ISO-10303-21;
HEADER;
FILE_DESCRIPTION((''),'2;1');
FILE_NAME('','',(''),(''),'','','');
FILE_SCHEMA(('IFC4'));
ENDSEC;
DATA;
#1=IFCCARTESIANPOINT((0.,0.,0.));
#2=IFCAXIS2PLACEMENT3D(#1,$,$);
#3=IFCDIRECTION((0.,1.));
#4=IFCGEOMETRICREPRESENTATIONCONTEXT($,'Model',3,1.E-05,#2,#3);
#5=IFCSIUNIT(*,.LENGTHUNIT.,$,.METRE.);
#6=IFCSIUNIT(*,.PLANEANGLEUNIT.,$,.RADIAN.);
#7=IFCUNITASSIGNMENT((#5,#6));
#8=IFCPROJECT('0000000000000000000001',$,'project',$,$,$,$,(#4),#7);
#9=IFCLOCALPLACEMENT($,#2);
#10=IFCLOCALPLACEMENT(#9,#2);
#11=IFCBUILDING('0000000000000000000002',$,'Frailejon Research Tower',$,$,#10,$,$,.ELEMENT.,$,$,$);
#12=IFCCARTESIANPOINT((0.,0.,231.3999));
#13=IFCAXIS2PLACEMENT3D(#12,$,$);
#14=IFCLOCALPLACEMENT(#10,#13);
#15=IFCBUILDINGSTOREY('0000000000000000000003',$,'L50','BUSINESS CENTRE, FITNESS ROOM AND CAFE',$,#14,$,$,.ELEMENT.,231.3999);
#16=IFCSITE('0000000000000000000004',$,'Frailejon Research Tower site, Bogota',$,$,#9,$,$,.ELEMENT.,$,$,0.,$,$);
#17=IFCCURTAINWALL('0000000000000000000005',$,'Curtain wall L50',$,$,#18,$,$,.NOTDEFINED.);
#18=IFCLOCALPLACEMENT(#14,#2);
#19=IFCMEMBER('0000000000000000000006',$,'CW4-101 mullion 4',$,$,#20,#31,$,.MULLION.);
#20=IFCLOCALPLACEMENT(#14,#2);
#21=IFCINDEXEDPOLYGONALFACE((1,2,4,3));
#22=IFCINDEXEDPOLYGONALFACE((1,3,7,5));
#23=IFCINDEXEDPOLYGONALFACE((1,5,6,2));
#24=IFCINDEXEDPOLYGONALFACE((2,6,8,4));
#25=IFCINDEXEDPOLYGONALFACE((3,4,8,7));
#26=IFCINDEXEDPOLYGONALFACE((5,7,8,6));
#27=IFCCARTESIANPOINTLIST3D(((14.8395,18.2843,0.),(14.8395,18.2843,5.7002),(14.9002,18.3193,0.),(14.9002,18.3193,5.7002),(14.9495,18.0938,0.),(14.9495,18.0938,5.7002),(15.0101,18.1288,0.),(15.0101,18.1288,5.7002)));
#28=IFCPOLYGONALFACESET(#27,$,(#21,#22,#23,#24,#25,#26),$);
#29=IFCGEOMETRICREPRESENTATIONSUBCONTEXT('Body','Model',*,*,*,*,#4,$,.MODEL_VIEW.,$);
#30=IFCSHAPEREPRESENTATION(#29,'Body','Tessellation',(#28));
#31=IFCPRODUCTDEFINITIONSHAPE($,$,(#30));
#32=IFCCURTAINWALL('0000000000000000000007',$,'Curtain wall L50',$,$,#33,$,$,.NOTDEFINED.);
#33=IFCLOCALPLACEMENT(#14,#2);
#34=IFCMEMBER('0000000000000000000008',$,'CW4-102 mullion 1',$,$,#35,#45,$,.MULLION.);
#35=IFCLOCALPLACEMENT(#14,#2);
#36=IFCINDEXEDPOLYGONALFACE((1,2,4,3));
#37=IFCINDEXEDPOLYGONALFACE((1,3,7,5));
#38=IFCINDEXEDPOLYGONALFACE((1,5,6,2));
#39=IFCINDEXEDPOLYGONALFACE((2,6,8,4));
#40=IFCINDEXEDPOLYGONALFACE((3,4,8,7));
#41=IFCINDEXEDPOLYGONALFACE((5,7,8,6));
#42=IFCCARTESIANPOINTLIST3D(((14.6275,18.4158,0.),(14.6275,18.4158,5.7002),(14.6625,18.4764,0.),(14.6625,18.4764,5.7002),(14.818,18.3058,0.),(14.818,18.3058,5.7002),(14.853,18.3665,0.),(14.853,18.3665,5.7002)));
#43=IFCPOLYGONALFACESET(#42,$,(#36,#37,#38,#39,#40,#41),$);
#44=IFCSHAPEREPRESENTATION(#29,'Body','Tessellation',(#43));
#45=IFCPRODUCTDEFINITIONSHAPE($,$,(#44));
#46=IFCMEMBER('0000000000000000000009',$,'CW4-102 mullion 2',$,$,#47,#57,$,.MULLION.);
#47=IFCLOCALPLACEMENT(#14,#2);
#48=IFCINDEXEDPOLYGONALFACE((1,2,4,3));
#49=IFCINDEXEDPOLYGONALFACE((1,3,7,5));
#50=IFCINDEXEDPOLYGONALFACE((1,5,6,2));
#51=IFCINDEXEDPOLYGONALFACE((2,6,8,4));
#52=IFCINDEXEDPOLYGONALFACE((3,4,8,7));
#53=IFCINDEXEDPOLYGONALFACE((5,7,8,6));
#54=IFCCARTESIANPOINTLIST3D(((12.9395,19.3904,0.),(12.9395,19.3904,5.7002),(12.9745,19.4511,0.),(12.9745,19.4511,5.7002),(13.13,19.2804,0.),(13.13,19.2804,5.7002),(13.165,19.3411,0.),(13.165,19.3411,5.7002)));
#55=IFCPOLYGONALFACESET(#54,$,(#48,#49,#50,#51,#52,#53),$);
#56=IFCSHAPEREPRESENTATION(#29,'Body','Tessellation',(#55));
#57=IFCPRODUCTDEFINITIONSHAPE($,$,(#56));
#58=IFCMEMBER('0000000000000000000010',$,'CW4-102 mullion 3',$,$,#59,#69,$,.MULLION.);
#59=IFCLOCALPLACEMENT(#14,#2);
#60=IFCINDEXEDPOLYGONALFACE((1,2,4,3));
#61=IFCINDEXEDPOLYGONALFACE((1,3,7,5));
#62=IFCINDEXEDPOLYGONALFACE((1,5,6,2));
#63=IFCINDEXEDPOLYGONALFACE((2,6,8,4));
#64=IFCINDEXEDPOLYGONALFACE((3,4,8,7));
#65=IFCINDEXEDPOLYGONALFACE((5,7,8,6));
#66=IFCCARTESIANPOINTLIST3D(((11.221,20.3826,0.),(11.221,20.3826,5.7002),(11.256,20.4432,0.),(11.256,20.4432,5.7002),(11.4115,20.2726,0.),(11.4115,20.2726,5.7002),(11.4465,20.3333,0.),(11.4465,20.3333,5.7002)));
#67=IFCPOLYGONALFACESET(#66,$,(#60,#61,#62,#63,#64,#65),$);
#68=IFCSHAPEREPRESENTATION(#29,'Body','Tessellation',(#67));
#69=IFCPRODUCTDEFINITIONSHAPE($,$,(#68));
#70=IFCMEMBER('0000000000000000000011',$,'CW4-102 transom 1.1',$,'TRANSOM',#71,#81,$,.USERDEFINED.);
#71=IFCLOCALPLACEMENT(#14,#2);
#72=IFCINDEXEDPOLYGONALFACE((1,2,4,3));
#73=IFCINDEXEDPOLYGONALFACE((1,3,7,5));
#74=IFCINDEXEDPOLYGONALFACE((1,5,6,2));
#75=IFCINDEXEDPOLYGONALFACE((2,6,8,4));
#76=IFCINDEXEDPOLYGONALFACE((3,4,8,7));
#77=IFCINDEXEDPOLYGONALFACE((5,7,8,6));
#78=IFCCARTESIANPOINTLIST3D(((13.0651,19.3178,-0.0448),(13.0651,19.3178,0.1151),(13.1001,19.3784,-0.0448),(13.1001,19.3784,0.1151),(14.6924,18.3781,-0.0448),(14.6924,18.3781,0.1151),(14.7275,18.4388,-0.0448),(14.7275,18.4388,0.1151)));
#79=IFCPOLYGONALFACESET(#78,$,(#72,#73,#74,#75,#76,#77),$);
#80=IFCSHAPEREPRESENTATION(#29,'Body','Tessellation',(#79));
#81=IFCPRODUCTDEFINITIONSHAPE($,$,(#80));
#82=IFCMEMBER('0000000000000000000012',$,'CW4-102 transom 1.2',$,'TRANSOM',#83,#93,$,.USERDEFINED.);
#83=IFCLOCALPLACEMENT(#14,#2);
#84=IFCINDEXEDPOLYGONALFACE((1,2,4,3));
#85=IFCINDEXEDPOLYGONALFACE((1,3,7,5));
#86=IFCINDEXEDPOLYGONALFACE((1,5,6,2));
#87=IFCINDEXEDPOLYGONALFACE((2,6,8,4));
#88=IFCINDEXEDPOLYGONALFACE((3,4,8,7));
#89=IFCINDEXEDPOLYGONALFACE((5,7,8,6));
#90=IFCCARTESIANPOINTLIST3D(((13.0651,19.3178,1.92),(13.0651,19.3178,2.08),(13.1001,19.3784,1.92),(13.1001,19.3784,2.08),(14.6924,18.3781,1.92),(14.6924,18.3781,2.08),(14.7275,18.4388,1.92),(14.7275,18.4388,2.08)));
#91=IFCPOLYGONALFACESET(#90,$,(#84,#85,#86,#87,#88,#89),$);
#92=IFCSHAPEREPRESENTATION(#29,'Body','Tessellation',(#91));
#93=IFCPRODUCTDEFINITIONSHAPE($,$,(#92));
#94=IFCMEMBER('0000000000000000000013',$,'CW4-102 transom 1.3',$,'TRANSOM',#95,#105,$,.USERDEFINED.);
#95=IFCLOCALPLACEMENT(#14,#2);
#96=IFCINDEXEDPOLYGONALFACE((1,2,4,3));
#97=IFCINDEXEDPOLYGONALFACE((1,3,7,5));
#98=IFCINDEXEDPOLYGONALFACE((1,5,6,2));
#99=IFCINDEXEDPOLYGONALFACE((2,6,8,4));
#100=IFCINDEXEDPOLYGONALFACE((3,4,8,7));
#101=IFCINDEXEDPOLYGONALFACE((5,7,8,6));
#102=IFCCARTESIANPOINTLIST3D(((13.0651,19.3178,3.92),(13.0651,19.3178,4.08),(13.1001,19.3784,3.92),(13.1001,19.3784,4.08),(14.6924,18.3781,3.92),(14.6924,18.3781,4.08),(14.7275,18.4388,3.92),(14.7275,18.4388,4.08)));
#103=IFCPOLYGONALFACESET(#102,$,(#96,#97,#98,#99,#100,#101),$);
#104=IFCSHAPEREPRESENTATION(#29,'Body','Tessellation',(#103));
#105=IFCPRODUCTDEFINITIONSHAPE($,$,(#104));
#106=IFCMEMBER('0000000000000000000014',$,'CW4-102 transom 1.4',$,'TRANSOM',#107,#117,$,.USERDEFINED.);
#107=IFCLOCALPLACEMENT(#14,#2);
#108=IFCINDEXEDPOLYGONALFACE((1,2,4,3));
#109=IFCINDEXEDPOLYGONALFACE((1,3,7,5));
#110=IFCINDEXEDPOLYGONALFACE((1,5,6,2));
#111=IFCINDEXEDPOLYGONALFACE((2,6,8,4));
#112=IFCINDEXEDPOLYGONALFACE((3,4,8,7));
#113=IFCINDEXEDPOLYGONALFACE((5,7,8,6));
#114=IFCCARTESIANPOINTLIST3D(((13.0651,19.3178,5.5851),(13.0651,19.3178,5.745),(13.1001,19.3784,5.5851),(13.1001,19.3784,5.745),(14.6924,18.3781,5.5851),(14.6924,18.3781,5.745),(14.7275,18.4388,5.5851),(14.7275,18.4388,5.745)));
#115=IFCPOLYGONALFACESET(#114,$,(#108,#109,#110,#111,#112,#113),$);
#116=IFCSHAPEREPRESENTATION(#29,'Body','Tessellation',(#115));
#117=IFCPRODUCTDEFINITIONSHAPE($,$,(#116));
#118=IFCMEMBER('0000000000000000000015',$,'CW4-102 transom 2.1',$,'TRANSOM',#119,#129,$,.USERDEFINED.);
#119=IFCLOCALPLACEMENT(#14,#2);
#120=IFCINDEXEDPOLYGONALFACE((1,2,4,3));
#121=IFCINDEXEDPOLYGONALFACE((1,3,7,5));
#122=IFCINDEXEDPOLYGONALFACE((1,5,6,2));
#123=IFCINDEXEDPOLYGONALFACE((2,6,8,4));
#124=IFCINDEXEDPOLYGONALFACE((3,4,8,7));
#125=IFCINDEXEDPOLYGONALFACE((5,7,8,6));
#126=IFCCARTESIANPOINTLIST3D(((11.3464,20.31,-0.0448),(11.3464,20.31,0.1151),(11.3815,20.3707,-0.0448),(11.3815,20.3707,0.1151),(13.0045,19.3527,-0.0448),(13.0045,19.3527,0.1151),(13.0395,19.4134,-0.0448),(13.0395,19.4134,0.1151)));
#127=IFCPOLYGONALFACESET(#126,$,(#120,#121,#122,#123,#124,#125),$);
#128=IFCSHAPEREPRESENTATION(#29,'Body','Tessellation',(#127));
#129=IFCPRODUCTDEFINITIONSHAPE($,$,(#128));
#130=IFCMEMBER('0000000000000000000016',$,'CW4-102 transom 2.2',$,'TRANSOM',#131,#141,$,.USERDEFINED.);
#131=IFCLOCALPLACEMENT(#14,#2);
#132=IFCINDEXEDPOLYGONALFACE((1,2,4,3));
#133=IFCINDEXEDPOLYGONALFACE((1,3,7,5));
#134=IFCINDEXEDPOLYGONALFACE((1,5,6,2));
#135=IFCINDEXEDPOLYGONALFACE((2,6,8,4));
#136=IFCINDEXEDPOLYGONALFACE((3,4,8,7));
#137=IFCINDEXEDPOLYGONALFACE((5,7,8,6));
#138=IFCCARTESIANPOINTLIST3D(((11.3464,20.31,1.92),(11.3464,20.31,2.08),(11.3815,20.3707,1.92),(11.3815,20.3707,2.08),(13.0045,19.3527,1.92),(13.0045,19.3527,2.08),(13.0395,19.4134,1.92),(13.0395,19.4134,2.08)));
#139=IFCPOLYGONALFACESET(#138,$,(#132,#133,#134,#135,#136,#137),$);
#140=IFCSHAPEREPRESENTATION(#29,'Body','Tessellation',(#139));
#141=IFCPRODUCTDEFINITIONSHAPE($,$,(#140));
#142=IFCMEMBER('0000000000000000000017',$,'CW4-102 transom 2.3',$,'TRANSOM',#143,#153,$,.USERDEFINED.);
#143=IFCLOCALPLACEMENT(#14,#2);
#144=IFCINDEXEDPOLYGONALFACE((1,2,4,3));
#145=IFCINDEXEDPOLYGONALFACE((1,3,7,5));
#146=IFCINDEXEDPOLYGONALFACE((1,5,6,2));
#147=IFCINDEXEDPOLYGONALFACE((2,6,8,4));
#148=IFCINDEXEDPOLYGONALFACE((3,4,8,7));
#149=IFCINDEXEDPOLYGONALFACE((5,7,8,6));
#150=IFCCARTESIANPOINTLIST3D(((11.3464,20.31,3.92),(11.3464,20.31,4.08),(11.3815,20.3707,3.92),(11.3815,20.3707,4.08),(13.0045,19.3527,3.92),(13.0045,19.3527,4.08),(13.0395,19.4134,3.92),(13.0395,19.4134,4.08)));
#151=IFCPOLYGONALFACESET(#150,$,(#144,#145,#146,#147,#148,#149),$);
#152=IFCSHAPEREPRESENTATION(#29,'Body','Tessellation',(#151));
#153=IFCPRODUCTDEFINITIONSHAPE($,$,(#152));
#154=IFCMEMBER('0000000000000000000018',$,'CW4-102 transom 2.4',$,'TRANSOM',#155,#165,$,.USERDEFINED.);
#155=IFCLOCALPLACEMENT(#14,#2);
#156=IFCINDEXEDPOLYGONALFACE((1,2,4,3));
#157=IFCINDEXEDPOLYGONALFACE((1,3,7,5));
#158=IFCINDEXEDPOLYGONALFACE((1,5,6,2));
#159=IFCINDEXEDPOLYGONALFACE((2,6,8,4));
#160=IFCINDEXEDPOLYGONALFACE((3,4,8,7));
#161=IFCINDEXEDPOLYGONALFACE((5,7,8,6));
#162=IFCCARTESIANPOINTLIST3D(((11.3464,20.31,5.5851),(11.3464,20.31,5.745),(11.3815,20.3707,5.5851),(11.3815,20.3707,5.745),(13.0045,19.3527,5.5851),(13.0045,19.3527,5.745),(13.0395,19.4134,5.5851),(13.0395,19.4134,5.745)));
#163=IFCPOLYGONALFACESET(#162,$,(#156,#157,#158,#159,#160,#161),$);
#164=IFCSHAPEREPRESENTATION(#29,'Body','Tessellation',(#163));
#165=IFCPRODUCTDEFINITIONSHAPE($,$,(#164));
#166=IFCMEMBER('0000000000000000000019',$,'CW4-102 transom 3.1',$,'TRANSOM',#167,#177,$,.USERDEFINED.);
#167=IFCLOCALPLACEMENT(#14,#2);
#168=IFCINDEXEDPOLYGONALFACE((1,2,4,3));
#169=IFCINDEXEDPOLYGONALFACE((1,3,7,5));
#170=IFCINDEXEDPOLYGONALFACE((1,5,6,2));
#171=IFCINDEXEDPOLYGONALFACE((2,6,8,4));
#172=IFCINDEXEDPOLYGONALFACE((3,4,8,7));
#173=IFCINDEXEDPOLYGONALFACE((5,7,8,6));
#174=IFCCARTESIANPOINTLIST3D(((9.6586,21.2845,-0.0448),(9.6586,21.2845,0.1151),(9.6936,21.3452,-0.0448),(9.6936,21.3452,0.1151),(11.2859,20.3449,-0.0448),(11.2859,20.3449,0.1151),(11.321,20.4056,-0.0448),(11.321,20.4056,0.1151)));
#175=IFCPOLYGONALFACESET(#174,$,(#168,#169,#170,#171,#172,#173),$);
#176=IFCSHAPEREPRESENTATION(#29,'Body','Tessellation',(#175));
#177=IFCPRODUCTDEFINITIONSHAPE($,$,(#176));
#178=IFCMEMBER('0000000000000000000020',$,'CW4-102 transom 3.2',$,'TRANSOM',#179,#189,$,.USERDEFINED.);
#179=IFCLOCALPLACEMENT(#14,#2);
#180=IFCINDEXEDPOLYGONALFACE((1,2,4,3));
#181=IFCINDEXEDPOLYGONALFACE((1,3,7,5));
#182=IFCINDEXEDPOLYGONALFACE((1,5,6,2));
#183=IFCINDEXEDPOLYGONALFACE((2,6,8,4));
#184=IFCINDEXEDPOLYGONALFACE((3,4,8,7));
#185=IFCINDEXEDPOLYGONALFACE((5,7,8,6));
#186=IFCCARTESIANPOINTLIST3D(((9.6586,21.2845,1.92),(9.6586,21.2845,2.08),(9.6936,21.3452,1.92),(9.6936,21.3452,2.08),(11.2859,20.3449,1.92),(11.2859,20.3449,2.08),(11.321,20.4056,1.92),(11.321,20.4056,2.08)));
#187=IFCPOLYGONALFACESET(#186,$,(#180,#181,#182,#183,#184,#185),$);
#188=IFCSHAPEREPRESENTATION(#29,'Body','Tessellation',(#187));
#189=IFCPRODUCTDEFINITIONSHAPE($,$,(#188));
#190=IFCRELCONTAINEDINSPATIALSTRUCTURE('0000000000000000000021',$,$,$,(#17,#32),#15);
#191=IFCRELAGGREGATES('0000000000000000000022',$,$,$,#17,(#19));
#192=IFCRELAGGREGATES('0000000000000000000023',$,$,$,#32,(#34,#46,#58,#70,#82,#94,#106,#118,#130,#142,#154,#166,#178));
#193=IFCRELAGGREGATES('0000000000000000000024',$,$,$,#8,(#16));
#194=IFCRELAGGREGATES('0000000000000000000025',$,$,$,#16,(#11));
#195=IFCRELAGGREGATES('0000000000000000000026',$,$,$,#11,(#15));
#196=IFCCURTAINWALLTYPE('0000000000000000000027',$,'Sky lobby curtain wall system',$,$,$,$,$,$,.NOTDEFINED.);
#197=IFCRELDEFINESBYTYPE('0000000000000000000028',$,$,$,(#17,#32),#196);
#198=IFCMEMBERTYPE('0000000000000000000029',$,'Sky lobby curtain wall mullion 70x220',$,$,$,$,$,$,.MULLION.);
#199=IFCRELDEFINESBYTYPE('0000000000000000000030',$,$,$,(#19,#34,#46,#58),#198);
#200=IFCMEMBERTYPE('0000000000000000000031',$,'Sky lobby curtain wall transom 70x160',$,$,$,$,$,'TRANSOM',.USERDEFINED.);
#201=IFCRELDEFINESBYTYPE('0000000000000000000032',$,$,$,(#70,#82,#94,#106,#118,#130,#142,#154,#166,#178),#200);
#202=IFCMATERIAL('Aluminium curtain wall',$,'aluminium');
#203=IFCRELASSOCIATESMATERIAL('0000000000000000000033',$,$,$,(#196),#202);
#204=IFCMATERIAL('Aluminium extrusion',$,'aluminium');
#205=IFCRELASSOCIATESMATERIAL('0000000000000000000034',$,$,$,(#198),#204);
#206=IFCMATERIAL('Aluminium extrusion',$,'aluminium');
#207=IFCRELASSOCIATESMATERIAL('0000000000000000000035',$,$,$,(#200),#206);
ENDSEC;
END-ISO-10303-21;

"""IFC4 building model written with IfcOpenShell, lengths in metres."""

from ifc_helpers import new_model, si_unit, direction, frame, origin, origin_2d, place, context, subcontext, project, spatial, rectangle, extrude, material, material_profile, profile_set, type_object, element, aggregate, save


model = new_model("IFC4")

# Units and contexts
model_context = context("Model", 3, precision=1e-05, world=origin(), true_north=direction((0.0, 1.0)))
body_context = subcontext(model_context, "Body", "Model", "MODEL_VIEW")
ifc_project = project(units=[si_unit("LENGTHUNIT", "METRE"), si_unit("PLANEANGLEUNIT", "RADIAN")], contexts=[model_context])

# Site, building, storey
site_placement = place(None, origin())
site = spatial("IfcSite", under=ifc_project, at=site_placement, Name="Frailejon Research Tower site, Bogota", CompositionType="ELEMENT", RefElevation=0.0)
building_placement = place(site_placement, origin())
building = spatial("IfcBuilding", under=site, at=building_placement, Name="Frailejon Research Tower", CompositionType="ELEMENT")
storey_placement = place(building_placement, frame((0.0, 0.0, 231.3999)))
storey = spatial("IfcBuildingStorey", under=building, at=storey_placement, Name="L50", Description="BUSINESS CENTRE, FITNESS ROOM AND CAFE", CompositionType="ELEMENT", Elevation=231.3999)

# Curtain wall, member
ifc_material_1 = material(Name="Aluminium curtain wall", Category="aluminium")
curtain_wall_type = type_object("IfcCurtainWallType", Name="Sky lobby curtain wall system", PredefinedType="NOTDEFINED", material=ifc_material_1)
curtain_wall_1_placement = place(storey_placement, origin())
curtain_wall_1 = element("IfcCurtainWall", 1, at=curtain_wall_1_placement, inside=storey, type_object=curtain_wall_type, Name="Curtain wall L50", PredefinedType="NOTDEFINED")
ifc_material_2 = material(Name="Aluminium extrusion", Category="aluminium")
ifc_material_profile_1 = material_profile(ifc_material_2, rectangle(XDim=0.0701, YDim=0.22, at=origin_2d()), Name="Sky lobby curtain wall mullion 70x220")
ifc_profile_set_1 = profile_set([ifc_material_profile_1], Name="Aluminium extrusion")
member_type_1 = type_object("IfcMemberType", Name="Sky lobby curtain wall mullion 70x220", PredefinedType="MULLION", material=ifc_profile_set_1)
member_1_placement = place(storey_placement, frame((14.9248, 18.2065, 0.0), z_axis=(0.0, 0.0, 1.0), x_axis=(-0.866025, -0.5, 0.0)))
member_1 = element("IfcMember", 2, at=member_1_placement, type_object=member_type_1, Name="CW4-101 mullion 4", PredefinedType="MULLION", context=body_context, shape_type="SweptSolid", body=[
    extrude(rectangle(XDim=0.0701, YDim=0.22, at=origin_2d()), origin(), (0.0, 0.0, 1.0), 5.7002),
])

# Curtain wall, members
curtain_wall_2_placement = place(storey_placement, origin())
curtain_wall_2 = element("IfcCurtainWall", 3, at=curtain_wall_2_placement, inside=storey, type_object=curtain_wall_type, Name="Curtain wall L50", PredefinedType="NOTDEFINED")
member_2_placement = place(storey_placement, frame((14.7402, 18.3911, 0.0), z_axis=(0.0, 0.0, 1.0), x_axis=(-0.500011, -0.866019, 0.0)))
member_2 = element("IfcMember", 4, at=member_2_placement, type_object=member_type_1, Name="CW4-102 mullion 1", PredefinedType="MULLION", context=body_context, shape_type="SweptSolid", body=[
    extrude(rectangle(XDim=0.0701, YDim=0.22, at=origin_2d()), origin(), (0.0, 0.0, 1.0), 5.7002),
])
member_3_placement = place(storey_placement, frame((13.0522, 19.3657, 0.0), z_axis=(0.0, 0.0, 1.0), x_axis=(-0.500011, -0.866019, 0.0)))
member_3 = element("IfcMember", 5, at=member_3_placement, type_object=member_type_1, Name="CW4-102 mullion 2", PredefinedType="MULLION", context=body_context, shape_type="SweptSolid", body=[
    extrude(rectangle(XDim=0.0701, YDim=0.22, at=origin_2d()), origin(), (0.0, 0.0, 1.0), 5.7002),
])
member_4_placement = place(storey_placement, frame((11.3337, 20.3579, 0.0), z_axis=(0.0, 0.0, 1.0), x_axis=(-0.500011, -0.866019, 0.0)))
member_4 = element("IfcMember", 6, at=member_4_placement, type_object=member_type_1, Name="CW4-102 mullion 3", PredefinedType="MULLION", context=body_context, shape_type="SweptSolid", body=[
    extrude(rectangle(XDim=0.0701, YDim=0.22, at=origin_2d()), origin(), (0.0, 0.0, 1.0), 5.7002),
])
ifc_material_3 = material(Name="Aluminium extrusion", Category="aluminium")
ifc_material_profile_2 = material_profile(ifc_material_3, rectangle(XDim=0.0701, YDim=0.1599, at=origin_2d()), Name="Sky lobby curtain wall transom 70x160")
ifc_profile_set_2 = profile_set([ifc_material_profile_2], Name="Aluminium extrusion")
member_type_2 = type_object("IfcMemberType", Name="Sky lobby curtain wall transom 70x160", ElementType="TRANSOM", PredefinedType="USERDEFINED", material=ifc_profile_set_2)
member_5_placement = place(storey_placement, frame((14.71, 18.4084, 0.0352), z_axis=(-0.866004, 0.500037, 0.0), x_axis=(-0.500037, -0.866004, 0.0)))
member_5 = element("IfcMember", 7, at=member_5_placement, type_object=member_type_2, Name="CW4-102 transom 1.1", ObjectType="TRANSOM", PredefinedType="USERDEFINED", context=body_context, shape_type="SweptSolid", body=[
    extrude(rectangle(XDim=0.0701, YDim=0.1599, at=origin_2d()), origin(), (0.0, 0.0, 1.0), 1.8792),
])
member_6_placement = place(storey_placement, frame((14.71, 18.4084, 2.0), z_axis=(-0.866004, 0.500037, 0.0), x_axis=(-0.500037, -0.866004, 0.0)))
member_6 = element("IfcMember", 8, at=member_6_placement, type_object=member_type_2, Name="CW4-102 transom 1.2", ObjectType="TRANSOM", PredefinedType="USERDEFINED", context=body_context, shape_type="SweptSolid", body=[
    extrude(rectangle(XDim=0.0701, YDim=0.1599, at=origin_2d()), origin(), (0.0, 0.0, 1.0), 1.8792),
])
member_7_placement = place(storey_placement, frame((14.71, 18.4084, 4.0), z_axis=(-0.866004, 0.500037, 0.0), x_axis=(-0.500037, -0.866004, 0.0)))
member_7 = element("IfcMember", 9, at=member_7_placement, type_object=member_type_2, Name="CW4-102 transom 1.3", ObjectType="TRANSOM", PredefinedType="USERDEFINED", context=body_context, shape_type="SweptSolid", body=[
    extrude(rectangle(XDim=0.0701, YDim=0.1599, at=origin_2d()), origin(), (0.0, 0.0, 1.0), 1.8792),
])
member_8_placement = place(storey_placement, frame((14.71, 18.4084, 5.665), z_axis=(-0.866004, 0.500037, 0.0), x_axis=(-0.500037, -0.866004, 0.0)))
member_8 = element("IfcMember", 10, at=member_8_placement, type_object=member_type_2, Name="CW4-102 transom 1.4", ObjectType="TRANSOM", PredefinedType="USERDEFINED", context=body_context, shape_type="SweptSolid", body=[
    extrude(rectangle(XDim=0.0701, YDim=0.1599, at=origin_2d()), origin(), (0.0, 0.0, 1.0), 1.8792),
])
member_9_placement = place(storey_placement, frame((13.022, 19.3831, 0.0352), z_axis=(-0.866014, 0.50002, 0.0), x_axis=(-0.50002, -0.866014, 0.0)))
member_9 = element("IfcMember", 11, at=member_9_placement, type_object=member_type_2, Name="CW4-102 transom 2.1", ObjectType="TRANSOM", PredefinedType="USERDEFINED", context=body_context, shape_type="SweptSolid", body=[
    extrude(rectangle(XDim=0.0701, YDim=0.1599, at=origin_2d()), origin(), (0.0, 0.0, 1.0), 1.9146),
])
member_10_placement = place(storey_placement, frame((13.022, 19.3831, 2.0), z_axis=(-0.866014, 0.50002, 0.0), x_axis=(-0.50002, -0.866014, 0.0)))
member_10 = element("IfcMember", 12, at=member_10_placement, type_object=member_type_2, Name="CW4-102 transom 2.2", ObjectType="TRANSOM", PredefinedType="USERDEFINED", context=body_context, shape_type="SweptSolid", body=[
    extrude(rectangle(XDim=0.0701, YDim=0.1599, at=origin_2d()), origin(), (0.0, 0.0, 1.0), 1.9146),
])
member_11_placement = place(storey_placement, frame((13.022, 19.3831, 4.0), z_axis=(-0.866014, 0.50002, 0.0), x_axis=(-0.50002, -0.866014, 0.0)))
member_11 = element("IfcMember", 13, at=member_11_placement, type_object=member_type_2, Name="CW4-102 transom 2.3", ObjectType="TRANSOM", PredefinedType="USERDEFINED", context=body_context, shape_type="SweptSolid", body=[
    extrude(rectangle(XDim=0.0701, YDim=0.1599, at=origin_2d()), origin(), (0.0, 0.0, 1.0), 1.9146),
])
member_12_placement = place(storey_placement, frame((13.022, 19.3831, 5.665), z_axis=(-0.866014, 0.50002, 0.0), x_axis=(-0.50002, -0.866014, 0.0)))
member_12 = element("IfcMember", 14, at=member_12_placement, type_object=member_type_2, Name="CW4-102 transom 2.4", ObjectType="TRANSOM", PredefinedType="USERDEFINED", context=body_context, shape_type="SweptSolid", body=[
    extrude(rectangle(XDim=0.0701, YDim=0.1599, at=origin_2d()), origin(), (0.0, 0.0, 1.0), 1.9146),
])
member_13_placement = place(storey_placement, frame((11.3035, 20.3752, 0.0352), z_axis=(-0.866004, 0.500037, 0.0), x_axis=(-0.500037, -0.866004, 0.0)))
member_13 = element("IfcMember", 15, at=member_13_placement, type_object=member_type_2, Name="CW4-102 transom 3.1", ObjectType="TRANSOM", PredefinedType="USERDEFINED", context=body_context, shape_type="SweptSolid", body=[
    extrude(rectangle(XDim=0.0701, YDim=0.1599, at=origin_2d()), origin(), (0.0, 0.0, 1.0), 1.8792),
])
member_14_placement = place(storey_placement, frame((11.3035, 20.3752, 2.0), z_axis=(-0.866004, 0.500037, 0.0), x_axis=(-0.500037, -0.866004, 0.0)))
member_14 = element("IfcMember", 16, at=member_14_placement, type_object=member_type_2, Name="CW4-102 transom 3.2", ObjectType="TRANSOM", PredefinedType="USERDEFINED", context=body_context, shape_type="SweptSolid", body=[
    extrude(rectangle(XDim=0.0701, YDim=0.1599, at=origin_2d()), origin(), (0.0, 0.0, 1.0), 1.8792),
])

aggregate(curtain_wall_1, [member_1])
aggregate(curtain_wall_2, [member_2, member_3, member_4, member_5, member_6, member_7, member_8, member_9, member_10, member_11, member_12, member_13, member_14])

save(model, "model.ifc")
